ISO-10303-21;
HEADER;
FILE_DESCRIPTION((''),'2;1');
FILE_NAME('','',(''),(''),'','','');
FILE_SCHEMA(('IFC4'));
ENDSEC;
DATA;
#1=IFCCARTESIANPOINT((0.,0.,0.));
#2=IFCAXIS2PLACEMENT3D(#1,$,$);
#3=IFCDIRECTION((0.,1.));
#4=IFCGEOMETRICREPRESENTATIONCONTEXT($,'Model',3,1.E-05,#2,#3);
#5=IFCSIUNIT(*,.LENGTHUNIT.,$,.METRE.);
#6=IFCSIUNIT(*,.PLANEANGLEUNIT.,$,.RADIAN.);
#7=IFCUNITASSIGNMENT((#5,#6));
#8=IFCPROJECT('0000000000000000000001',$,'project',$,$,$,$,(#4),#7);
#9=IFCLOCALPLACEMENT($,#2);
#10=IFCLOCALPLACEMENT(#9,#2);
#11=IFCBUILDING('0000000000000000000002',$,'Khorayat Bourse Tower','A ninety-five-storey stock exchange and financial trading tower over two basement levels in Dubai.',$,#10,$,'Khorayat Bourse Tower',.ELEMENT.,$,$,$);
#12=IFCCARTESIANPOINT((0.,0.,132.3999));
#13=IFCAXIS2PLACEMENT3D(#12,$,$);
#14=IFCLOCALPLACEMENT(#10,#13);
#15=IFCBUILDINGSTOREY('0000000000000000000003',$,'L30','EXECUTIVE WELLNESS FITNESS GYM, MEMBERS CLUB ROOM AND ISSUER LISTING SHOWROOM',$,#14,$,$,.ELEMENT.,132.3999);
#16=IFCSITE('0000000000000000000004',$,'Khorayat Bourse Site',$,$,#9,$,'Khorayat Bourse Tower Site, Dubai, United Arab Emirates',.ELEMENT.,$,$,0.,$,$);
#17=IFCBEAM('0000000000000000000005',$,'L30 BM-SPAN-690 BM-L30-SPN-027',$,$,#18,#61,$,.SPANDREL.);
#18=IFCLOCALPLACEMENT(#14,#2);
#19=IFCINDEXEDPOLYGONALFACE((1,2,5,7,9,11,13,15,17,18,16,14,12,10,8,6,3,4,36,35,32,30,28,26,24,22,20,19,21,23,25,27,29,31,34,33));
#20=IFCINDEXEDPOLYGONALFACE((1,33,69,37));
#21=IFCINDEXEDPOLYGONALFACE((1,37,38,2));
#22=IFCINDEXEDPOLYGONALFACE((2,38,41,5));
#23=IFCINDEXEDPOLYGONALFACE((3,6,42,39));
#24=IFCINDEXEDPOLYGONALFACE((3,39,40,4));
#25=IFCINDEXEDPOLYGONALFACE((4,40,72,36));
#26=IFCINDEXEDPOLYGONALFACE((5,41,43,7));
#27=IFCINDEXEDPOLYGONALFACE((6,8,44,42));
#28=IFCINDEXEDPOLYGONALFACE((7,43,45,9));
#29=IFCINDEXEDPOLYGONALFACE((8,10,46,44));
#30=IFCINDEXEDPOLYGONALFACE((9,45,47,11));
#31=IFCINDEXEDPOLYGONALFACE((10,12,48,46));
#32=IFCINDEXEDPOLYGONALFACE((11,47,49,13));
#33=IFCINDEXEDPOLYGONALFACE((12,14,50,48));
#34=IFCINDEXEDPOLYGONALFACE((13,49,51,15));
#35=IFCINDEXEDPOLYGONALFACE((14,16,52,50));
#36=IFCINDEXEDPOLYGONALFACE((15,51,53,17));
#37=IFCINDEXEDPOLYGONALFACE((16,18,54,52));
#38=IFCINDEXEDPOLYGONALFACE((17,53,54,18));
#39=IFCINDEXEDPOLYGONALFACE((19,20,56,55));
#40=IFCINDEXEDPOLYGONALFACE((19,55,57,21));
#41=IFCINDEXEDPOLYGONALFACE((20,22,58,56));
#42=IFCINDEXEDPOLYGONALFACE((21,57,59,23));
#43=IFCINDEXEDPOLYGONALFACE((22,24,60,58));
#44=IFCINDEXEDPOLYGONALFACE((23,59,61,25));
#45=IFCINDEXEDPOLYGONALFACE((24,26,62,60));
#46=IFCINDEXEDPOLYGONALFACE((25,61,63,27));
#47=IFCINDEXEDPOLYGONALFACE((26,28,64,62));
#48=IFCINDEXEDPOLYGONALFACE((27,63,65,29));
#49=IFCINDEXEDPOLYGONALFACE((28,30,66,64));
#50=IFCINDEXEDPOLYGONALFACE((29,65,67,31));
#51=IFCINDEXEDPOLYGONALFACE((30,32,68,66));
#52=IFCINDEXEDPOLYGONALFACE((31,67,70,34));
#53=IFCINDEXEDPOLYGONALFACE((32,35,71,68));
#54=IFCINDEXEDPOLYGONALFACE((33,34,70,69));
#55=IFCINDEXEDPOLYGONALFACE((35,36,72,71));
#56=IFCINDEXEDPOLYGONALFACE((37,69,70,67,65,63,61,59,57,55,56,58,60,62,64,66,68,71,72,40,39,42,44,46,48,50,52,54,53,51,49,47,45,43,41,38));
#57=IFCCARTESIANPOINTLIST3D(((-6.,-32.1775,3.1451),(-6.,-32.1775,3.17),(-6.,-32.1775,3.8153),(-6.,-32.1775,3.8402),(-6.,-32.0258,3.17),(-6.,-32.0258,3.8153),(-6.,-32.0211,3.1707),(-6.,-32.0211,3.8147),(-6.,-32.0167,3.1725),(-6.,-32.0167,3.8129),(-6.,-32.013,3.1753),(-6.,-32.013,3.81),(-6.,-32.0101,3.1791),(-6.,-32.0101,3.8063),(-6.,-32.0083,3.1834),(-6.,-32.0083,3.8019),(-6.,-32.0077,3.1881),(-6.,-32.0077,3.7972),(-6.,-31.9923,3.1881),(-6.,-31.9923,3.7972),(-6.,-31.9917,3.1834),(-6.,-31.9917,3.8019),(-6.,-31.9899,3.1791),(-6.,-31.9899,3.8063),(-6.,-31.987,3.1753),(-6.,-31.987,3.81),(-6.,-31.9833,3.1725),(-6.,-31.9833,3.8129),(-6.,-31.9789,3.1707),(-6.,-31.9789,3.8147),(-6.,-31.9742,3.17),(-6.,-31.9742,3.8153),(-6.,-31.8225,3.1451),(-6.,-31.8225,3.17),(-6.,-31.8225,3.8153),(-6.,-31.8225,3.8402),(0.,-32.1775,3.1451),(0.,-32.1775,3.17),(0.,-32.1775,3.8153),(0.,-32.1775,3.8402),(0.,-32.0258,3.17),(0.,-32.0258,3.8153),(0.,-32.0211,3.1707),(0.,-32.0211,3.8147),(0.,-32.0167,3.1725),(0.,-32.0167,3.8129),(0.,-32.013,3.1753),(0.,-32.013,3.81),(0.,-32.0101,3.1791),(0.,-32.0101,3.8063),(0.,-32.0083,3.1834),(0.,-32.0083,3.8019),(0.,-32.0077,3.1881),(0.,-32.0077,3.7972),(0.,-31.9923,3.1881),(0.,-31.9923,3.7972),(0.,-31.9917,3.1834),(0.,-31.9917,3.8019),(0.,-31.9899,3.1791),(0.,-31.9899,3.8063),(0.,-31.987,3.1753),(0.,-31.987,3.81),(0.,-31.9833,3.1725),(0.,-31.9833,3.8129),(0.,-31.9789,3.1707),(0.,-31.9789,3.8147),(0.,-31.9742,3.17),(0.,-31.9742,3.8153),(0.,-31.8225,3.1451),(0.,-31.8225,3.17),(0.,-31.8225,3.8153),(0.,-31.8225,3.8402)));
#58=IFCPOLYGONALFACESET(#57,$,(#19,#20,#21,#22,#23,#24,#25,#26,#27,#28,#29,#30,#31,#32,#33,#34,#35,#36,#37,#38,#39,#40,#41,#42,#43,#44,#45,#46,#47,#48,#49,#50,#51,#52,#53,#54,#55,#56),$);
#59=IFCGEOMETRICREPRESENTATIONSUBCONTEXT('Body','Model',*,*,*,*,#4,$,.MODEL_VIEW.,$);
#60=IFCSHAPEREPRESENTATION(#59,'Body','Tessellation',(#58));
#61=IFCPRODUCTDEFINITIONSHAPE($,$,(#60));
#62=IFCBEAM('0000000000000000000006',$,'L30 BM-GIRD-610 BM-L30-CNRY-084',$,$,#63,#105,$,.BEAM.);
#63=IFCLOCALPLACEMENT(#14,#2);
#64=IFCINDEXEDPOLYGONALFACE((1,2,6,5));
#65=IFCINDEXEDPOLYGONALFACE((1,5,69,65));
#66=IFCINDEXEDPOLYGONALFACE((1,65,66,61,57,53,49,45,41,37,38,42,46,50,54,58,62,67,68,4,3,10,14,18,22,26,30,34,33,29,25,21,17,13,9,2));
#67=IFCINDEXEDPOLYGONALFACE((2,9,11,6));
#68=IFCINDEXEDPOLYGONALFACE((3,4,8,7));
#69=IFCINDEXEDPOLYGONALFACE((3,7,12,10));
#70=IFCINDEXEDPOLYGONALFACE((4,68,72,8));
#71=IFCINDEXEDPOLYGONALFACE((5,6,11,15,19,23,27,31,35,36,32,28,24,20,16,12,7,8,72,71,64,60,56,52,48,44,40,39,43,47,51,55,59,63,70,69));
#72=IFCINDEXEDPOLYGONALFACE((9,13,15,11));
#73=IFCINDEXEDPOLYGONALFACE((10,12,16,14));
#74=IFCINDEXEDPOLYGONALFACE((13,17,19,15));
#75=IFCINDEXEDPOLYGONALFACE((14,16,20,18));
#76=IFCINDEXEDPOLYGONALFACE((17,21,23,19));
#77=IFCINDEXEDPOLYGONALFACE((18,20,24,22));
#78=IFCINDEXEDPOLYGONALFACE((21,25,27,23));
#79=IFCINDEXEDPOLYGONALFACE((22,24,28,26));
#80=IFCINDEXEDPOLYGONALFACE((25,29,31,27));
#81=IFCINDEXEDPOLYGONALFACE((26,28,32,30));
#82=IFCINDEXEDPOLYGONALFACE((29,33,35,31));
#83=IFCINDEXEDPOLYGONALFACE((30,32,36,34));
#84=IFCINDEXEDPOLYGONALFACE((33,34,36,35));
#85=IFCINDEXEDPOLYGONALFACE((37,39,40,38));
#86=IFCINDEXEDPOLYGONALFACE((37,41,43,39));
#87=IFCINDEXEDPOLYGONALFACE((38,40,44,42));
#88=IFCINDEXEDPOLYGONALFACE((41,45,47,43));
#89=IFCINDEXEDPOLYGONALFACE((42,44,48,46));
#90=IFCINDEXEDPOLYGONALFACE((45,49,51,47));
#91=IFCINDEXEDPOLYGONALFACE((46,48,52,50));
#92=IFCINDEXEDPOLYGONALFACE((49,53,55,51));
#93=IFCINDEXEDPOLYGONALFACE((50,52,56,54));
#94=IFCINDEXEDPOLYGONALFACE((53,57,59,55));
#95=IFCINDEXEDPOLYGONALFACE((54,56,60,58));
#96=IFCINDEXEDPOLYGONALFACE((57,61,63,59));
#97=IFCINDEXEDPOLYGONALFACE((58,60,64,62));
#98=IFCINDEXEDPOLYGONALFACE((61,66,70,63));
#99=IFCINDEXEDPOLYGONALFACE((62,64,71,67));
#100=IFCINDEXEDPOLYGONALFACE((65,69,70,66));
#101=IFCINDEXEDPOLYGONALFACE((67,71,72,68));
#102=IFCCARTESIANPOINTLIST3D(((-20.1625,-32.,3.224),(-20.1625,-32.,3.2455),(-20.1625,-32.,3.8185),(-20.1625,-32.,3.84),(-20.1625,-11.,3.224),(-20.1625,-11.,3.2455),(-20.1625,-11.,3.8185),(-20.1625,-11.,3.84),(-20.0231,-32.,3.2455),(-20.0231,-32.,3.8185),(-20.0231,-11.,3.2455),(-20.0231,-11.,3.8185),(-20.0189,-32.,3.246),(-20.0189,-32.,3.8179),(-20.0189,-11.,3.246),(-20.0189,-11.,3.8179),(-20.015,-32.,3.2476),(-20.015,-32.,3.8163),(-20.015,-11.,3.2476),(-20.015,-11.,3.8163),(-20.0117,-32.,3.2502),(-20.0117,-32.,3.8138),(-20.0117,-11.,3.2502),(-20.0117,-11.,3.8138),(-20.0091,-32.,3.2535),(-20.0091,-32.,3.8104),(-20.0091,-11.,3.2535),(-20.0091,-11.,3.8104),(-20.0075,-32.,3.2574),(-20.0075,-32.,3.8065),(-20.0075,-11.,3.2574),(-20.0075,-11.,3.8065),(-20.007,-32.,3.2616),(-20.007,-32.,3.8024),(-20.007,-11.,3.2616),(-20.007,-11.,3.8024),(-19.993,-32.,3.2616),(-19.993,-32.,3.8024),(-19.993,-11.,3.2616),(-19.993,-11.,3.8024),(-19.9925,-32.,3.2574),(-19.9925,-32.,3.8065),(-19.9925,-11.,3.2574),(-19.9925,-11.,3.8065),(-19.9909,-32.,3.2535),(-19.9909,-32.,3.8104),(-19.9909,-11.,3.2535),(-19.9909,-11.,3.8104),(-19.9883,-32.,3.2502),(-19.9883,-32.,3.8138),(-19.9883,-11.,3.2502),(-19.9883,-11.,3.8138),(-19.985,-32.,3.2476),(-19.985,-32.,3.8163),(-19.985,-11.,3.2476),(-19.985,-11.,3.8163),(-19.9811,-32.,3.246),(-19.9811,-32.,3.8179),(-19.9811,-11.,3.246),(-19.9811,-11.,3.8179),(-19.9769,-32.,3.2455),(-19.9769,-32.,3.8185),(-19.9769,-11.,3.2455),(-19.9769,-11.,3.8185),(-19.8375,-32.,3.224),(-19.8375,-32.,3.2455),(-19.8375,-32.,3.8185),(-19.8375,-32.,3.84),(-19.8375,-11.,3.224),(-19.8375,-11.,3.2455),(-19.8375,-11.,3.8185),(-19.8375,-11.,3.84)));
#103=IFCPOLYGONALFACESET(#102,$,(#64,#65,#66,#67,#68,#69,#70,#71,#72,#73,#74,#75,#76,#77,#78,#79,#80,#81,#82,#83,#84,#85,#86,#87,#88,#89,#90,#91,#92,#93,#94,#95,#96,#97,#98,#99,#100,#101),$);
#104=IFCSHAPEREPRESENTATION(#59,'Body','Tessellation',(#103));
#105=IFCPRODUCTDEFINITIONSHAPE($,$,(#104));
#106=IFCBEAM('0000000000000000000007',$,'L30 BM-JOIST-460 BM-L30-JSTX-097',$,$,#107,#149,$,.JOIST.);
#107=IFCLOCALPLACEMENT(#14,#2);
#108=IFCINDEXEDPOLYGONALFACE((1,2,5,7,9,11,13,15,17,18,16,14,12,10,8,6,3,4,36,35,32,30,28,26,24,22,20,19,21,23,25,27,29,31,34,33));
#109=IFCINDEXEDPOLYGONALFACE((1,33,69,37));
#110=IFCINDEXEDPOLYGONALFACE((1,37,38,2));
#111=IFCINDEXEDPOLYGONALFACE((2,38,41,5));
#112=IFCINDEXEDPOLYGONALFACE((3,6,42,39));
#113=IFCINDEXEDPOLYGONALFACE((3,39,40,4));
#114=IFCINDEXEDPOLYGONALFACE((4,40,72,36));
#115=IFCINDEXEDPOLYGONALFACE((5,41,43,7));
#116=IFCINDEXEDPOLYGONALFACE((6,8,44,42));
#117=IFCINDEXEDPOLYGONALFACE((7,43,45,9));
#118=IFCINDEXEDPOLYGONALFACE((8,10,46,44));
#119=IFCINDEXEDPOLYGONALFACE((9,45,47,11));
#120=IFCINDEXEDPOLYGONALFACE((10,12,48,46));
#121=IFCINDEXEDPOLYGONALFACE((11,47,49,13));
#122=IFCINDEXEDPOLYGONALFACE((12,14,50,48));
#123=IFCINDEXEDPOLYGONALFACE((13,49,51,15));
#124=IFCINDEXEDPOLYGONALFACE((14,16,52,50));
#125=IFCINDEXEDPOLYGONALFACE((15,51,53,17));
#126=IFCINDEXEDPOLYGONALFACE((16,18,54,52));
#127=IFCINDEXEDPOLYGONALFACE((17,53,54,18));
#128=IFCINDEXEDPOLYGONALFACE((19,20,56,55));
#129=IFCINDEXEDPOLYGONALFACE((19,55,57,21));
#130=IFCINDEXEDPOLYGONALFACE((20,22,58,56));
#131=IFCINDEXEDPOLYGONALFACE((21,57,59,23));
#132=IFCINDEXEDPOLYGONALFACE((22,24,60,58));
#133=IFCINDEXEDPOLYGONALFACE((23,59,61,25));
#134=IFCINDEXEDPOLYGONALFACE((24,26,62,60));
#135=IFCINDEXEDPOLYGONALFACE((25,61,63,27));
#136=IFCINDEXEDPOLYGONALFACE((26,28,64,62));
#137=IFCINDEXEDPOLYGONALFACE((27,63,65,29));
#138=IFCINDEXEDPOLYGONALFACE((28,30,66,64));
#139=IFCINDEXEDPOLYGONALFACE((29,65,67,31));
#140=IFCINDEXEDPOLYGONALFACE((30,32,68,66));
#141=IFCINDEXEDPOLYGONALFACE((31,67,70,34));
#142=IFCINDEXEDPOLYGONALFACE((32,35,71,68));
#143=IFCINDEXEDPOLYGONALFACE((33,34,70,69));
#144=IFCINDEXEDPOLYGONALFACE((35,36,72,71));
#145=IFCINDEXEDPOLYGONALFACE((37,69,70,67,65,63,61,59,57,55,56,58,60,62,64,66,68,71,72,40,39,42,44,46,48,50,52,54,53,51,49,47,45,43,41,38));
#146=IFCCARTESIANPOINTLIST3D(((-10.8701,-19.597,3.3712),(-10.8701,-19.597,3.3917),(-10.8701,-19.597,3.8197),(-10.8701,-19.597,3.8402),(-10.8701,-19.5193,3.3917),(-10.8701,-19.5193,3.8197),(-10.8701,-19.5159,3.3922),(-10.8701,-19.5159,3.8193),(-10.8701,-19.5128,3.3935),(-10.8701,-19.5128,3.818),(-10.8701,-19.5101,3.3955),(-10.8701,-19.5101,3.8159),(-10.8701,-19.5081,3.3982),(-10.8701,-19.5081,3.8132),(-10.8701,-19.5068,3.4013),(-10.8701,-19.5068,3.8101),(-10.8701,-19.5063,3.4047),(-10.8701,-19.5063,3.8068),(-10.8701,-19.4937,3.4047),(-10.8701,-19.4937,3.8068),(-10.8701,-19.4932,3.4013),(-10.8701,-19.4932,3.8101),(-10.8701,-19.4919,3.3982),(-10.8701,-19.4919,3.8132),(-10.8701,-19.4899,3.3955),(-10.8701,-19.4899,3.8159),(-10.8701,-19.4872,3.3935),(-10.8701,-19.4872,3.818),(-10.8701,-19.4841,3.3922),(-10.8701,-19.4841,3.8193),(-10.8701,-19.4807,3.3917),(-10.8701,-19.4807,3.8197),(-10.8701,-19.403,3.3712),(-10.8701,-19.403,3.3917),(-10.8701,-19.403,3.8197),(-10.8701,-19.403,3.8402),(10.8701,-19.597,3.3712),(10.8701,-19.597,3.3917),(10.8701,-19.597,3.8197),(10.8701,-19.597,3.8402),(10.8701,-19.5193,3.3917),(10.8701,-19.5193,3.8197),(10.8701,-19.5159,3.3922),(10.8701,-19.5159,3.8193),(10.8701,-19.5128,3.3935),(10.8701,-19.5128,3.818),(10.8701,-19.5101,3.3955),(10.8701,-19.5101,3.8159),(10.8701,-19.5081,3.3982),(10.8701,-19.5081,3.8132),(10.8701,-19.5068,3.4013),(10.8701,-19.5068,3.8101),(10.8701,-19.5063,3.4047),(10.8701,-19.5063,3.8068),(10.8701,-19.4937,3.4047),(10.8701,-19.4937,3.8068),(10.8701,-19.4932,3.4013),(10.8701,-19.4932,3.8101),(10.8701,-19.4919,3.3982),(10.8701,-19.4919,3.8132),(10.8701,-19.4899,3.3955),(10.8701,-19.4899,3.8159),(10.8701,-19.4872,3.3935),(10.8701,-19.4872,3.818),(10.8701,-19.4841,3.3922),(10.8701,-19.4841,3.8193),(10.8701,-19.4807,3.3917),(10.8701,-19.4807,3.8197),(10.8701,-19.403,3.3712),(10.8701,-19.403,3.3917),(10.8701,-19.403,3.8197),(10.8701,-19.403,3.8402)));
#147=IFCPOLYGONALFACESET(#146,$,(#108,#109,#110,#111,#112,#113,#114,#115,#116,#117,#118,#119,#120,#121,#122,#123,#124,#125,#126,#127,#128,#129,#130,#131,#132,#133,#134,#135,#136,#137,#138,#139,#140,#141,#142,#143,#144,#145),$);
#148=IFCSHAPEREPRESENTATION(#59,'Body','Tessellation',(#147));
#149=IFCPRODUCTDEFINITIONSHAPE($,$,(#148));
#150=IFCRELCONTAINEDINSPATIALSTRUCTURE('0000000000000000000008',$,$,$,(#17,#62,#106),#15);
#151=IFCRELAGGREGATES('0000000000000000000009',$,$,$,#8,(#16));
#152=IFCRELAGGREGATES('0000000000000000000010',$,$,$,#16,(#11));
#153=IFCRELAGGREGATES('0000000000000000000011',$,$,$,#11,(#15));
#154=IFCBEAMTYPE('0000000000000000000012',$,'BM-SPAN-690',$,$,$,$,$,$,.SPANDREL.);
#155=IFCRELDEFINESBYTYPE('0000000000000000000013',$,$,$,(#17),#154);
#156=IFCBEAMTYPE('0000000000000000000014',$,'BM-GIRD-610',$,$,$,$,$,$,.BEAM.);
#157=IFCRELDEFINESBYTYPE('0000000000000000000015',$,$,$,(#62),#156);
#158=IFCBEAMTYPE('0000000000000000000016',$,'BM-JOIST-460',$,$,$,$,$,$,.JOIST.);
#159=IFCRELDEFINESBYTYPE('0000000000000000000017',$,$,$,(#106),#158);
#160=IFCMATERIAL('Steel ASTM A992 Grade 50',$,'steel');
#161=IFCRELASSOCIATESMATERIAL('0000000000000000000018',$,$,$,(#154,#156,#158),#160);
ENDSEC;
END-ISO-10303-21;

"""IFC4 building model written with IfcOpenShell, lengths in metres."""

from ifc_helpers import new_model, si_unit, direction, frame, origin, origin_2d, place, context, subcontext, project, spatial, i_section, extrude, source, transform, mapped, material, material_profile, profile_set, type_object, element, save


model = new_model("IFC4")

# Units and contexts
model_context = context("Model", 3, precision=1e-05, world=origin(), true_north=direction((0.0, 1.0)))
body_context = subcontext(model_context, "Body", "Model", "MODEL_VIEW")
ifc_project = project(units=[si_unit("LENGTHUNIT", "METRE"), si_unit("PLANEANGLEUNIT", "RADIAN")], contexts=[model_context])

# Site, building, storey
site_placement = place(None, origin())
site = spatial("IfcSite", under=ifc_project, at=site_placement, Name="Khorayat Bourse Site", LongName="Khorayat Bourse Tower Site, Dubai, United Arab Emirates", CompositionType="ELEMENT", RefElevation=0.0)
building_placement = place(site_placement, origin())
building = spatial("IfcBuilding", under=site, at=building_placement, Name="Khorayat Bourse Tower", Description="A ninety-five-storey stock exchange and financial trading tower over two basement levels in Dubai.", LongName="Khorayat Bourse Tower", CompositionType="ELEMENT")
storey_placement = place(building_placement, frame((0.0, 0.0, 132.3999)))
storey = spatial("IfcBuildingStorey", under=building, at=storey_placement, Name="L30", Description="EXECUTIVE WELLNESS FITNESS GYM, MEMBERS CLUB ROOM AND ISSUER LISTING SHOWROOM", CompositionType="ELEMENT", Elevation=132.3999)

# Beams
ifc_material_1 = material(Name="Steel ASTM A992 Grade 50", Category="steel")
ifc_material_profile_1 = material_profile(ifc_material_1, i_section(OverallWidth=0.355, OverallDepth=0.6951, WebThickness=0.0154, FlangeThickness=0.0249, FilletRadius=0.0181, at=origin_2d()), Name="W690X217")
ifc_profile_set_1 = profile_set([ifc_material_profile_1], Name="Steel ASTM A992 Grade 50")
beam_type_1 = type_object("IfcBeamType", Name="BM-SPAN-690", PredefinedType="SPANDREL", material=ifc_profile_set_1)
shared_shape_1 = source(origin(), body_context, "Body", "SweptSolid", [
    extrude(i_section(OverallWidth=0.355, OverallDepth=0.6951, WebThickness=0.0154, FlangeThickness=0.0249, FilletRadius=0.0181, at=origin_2d()), origin(), (0.0, 0.0, 1.0), 6.0),
])
beam_1_placement = place(storey_placement, frame((-6.0, -32.0, 3.4927), z_axis=(1.0, 0.0, 0.0), x_axis=(0.0, 1.0, 0.0)))
element("IfcBeam", 1, at=beam_1_placement, inside=storey, type_object=beam_type_1, Name="L30 BM-SPAN-690 BM-L30-SPN-027", PredefinedType="SPANDREL", context=body_context, shape_type="MappedRepresentation", body=[
    mapped(shared_shape_1, transform((0.0, 0.0, 0.0), scale=1.0)),
])
ifc_material_profile_2 = material_profile(ifc_material_1, i_section(OverallWidth=0.325, OverallDepth=0.616, WebThickness=0.0139, FlangeThickness=0.0215, FilletRadius=0.0161, at=origin_2d()), Name="W610X174")
ifc_profile_set_2 = profile_set([ifc_material_profile_2], Name="Steel ASTM A992 Grade 50")
beam_type_2 = type_object("IfcBeamType", Name="BM-GIRD-610", PredefinedType="BEAM", material=ifc_profile_set_2)
shared_shape_2 = source(origin(), body_context, "Body", "SweptSolid", [
    extrude(i_section(OverallWidth=0.325, OverallDepth=0.616, WebThickness=0.0139, FlangeThickness=0.0215, FilletRadius=0.0161, at=origin_2d()), origin(), (0.0, 0.0, 1.0), 21.0),
])
beam_2_placement = place(storey_placement, frame((-20.0, -32.0, 3.532), z_axis=(0.0, 1.0, 0.0), x_axis=(-1.0, 0.0, 0.0)))
element("IfcBeam", 2, at=beam_2_placement, inside=storey, type_object=beam_type_2, Name="L30 BM-GIRD-610 BM-L30-CNRY-084", PredefinedType="BEAM", context=body_context, shape_type="MappedRepresentation", body=[
    mapped(shared_shape_2, transform((0.0, 0.0, 0.0), scale=1.0)),
])
ifc_material_profile_3 = material_profile(ifc_material_1, i_section(OverallWidth=0.1941, OverallDepth=0.469, WebThickness=0.0127, FlangeThickness=0.0205, FilletRadius=0.0129, at=origin_2d()), Name="W460X106")
ifc_profile_set_3 = profile_set([ifc_material_profile_3], Name="Steel ASTM A992 Grade 50")
beam_type_3 = type_object("IfcBeamType", Name="BM-JOIST-460", PredefinedType="JOIST", material=ifc_profile_set_3)
shared_shape_3 = source(origin(), body_context, "Body", "SweptSolid", [
    extrude(i_section(OverallWidth=0.1941, OverallDepth=0.469, WebThickness=0.0127, FlangeThickness=0.0205, FilletRadius=0.0129, at=origin_2d()), origin(), (0.0, 0.0, 1.0), 21.7402),
])
beam_3_placement = place(storey_placement, frame((-10.8701, -19.5, 3.6057), z_axis=(1.0, 0.0, 0.0), x_axis=(0.0, 1.0, 0.0)))
element("IfcBeam", 3, at=beam_3_placement, inside=storey, type_object=beam_type_3, Name="L30 BM-JOIST-460 BM-L30-JSTX-097", PredefinedType="JOIST", context=body_context, shape_type="MappedRepresentation", body=[
    mapped(shared_shape_3, transform((0.0, 0.0, 0.0), scale=1.0)),
])

save(model, "model.ifc")
